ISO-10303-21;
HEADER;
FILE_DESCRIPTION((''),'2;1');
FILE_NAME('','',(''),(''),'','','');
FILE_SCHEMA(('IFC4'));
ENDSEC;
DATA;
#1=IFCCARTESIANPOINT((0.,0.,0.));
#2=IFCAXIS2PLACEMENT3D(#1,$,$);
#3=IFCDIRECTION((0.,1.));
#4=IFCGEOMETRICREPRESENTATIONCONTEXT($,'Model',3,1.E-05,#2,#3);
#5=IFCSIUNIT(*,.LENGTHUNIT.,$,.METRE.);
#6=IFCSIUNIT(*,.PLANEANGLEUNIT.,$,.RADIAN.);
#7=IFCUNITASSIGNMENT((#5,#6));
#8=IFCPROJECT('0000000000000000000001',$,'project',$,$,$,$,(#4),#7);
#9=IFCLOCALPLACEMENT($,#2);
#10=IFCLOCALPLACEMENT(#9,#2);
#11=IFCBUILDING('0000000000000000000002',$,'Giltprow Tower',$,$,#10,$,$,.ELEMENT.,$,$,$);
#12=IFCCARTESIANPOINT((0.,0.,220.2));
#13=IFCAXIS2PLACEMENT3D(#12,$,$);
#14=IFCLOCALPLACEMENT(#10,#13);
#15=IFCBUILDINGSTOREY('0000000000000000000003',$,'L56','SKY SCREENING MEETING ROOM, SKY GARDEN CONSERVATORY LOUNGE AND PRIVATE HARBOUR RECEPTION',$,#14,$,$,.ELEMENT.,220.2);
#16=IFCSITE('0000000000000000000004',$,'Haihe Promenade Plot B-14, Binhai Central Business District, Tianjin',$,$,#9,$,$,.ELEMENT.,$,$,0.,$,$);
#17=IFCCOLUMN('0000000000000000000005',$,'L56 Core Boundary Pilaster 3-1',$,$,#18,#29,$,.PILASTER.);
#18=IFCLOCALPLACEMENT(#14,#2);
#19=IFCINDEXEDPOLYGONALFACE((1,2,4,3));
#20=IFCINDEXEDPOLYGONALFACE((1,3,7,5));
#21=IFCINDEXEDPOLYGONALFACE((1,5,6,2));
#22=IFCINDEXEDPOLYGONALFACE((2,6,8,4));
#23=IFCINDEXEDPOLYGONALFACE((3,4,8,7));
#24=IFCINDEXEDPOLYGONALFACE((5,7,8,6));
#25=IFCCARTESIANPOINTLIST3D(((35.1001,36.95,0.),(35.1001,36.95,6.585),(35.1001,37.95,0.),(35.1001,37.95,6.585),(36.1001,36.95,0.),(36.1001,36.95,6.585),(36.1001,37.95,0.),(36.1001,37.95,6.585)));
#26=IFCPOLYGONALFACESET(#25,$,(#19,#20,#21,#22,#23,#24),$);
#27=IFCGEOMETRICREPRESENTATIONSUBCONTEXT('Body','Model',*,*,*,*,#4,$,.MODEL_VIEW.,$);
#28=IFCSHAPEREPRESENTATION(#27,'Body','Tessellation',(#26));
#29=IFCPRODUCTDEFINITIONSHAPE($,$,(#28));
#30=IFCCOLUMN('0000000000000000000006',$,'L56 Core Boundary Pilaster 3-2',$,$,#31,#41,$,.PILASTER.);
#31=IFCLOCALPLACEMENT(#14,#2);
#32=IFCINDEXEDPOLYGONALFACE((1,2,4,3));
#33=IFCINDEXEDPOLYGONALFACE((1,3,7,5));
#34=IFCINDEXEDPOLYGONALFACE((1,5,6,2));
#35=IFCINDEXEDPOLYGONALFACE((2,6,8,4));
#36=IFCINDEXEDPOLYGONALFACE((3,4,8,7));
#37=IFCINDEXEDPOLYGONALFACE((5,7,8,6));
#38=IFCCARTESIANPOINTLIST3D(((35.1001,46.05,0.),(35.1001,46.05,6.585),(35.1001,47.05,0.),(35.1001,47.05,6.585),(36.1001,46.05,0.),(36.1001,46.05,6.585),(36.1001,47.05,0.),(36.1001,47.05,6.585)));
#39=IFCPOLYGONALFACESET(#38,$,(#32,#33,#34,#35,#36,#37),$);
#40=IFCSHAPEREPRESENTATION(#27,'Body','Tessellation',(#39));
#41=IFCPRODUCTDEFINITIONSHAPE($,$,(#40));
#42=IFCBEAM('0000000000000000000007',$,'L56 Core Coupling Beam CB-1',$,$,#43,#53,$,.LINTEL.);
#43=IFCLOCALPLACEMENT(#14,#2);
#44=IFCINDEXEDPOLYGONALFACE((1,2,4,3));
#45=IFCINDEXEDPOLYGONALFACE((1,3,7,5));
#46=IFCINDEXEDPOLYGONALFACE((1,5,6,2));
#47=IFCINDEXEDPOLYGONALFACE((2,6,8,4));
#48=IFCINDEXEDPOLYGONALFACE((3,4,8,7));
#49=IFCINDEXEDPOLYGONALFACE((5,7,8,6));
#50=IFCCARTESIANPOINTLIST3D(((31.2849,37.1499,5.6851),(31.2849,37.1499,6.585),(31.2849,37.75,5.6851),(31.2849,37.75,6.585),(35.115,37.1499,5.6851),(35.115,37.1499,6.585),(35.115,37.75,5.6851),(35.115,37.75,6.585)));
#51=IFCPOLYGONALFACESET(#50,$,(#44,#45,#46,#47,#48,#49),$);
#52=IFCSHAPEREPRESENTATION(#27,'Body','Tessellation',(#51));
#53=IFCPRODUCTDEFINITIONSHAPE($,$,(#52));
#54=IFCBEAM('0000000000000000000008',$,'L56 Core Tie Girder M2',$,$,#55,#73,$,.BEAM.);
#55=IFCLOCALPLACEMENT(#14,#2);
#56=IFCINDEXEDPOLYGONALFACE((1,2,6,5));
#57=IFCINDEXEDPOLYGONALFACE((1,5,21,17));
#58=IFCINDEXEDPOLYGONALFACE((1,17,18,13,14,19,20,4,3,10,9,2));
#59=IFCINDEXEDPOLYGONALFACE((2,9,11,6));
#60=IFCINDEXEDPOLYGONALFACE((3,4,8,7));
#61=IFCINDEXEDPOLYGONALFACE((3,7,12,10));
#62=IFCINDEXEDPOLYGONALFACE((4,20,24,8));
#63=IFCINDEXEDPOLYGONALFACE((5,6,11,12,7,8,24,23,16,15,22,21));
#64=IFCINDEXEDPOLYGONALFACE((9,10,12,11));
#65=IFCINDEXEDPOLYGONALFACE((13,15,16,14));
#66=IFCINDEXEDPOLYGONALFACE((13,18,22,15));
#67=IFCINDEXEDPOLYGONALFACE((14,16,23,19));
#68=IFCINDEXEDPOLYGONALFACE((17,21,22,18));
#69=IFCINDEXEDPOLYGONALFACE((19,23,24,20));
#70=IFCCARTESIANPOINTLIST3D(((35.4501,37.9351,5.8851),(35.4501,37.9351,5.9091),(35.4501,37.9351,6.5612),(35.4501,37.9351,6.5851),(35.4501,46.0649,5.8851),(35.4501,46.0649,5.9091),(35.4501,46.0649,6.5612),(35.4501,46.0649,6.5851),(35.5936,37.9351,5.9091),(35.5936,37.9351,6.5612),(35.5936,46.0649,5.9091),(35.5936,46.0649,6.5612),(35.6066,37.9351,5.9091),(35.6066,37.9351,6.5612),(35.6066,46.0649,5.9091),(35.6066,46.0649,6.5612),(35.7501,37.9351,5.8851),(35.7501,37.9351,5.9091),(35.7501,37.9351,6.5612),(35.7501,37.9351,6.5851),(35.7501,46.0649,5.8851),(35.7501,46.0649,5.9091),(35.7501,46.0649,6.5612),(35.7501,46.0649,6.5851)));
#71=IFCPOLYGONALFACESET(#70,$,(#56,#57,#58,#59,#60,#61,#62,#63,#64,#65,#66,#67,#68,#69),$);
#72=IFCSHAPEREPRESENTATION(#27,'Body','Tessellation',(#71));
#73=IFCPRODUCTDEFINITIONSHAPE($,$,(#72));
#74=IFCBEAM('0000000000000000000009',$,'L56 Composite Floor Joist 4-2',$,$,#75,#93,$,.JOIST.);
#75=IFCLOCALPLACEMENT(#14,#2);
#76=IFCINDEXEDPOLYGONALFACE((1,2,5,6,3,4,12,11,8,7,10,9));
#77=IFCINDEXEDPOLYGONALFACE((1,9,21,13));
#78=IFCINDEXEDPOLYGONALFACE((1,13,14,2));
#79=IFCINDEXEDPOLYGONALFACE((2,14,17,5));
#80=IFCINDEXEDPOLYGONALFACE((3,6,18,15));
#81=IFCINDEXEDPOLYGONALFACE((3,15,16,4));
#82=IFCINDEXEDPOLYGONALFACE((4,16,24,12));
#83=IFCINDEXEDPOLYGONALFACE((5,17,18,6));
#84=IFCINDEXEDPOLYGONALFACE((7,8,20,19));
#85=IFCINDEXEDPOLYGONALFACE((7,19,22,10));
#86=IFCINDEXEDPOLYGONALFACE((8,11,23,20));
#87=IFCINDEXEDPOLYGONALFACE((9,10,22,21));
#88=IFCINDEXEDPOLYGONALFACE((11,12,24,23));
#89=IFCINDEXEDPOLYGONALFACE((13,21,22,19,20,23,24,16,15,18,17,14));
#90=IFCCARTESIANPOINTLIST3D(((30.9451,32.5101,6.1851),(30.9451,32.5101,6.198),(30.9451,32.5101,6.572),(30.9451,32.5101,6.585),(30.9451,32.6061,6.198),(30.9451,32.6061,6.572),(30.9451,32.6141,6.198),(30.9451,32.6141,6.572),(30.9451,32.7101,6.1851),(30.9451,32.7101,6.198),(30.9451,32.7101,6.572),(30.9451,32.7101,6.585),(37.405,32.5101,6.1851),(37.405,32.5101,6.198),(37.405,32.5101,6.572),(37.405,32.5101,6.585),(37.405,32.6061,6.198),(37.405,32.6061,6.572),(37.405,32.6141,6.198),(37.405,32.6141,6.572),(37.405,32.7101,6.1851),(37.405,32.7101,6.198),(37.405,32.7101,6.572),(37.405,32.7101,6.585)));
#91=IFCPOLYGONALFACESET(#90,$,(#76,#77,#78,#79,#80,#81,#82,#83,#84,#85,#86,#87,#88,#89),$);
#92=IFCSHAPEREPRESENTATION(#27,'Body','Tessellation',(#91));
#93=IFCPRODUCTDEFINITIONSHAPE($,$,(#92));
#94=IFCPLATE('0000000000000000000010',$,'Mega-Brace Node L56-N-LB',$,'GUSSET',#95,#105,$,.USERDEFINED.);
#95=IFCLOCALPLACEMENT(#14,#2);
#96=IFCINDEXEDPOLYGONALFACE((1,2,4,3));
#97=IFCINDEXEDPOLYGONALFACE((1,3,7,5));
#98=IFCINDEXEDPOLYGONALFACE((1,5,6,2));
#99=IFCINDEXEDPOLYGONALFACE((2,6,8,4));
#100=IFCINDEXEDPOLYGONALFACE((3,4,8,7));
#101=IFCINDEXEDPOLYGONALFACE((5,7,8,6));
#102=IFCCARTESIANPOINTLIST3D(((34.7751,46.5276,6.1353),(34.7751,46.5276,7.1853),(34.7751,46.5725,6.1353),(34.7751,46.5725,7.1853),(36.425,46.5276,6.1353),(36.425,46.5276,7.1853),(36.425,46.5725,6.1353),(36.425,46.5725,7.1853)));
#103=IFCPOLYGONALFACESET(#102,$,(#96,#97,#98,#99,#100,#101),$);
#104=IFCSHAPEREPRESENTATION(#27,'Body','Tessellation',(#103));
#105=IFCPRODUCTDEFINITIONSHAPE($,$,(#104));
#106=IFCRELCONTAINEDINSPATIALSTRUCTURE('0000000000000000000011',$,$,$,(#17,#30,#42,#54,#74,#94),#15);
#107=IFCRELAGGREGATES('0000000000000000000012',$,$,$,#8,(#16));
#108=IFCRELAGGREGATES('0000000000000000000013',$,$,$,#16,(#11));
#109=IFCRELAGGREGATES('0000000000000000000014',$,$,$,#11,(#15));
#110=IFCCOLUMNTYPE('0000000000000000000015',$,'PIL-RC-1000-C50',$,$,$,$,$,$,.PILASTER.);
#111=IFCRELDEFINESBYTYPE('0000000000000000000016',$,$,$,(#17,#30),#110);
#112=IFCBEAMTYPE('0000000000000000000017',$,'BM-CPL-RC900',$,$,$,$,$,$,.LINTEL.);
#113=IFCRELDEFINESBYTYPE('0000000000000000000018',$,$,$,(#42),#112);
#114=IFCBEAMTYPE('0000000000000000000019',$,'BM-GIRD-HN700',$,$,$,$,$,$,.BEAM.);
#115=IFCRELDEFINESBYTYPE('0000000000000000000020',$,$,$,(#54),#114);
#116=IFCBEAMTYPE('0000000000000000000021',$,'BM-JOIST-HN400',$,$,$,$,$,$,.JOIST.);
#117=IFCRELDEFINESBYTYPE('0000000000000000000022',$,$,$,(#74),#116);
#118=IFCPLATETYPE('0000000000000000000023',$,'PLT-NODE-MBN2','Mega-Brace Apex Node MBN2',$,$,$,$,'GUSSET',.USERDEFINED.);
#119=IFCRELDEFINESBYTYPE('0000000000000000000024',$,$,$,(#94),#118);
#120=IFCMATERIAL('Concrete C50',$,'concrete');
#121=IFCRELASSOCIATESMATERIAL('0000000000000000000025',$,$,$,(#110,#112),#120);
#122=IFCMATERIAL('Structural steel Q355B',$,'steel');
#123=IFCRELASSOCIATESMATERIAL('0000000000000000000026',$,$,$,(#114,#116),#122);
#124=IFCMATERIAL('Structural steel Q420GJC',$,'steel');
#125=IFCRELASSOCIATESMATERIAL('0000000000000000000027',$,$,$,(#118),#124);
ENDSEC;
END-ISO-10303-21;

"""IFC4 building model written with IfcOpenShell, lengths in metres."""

from ifc_helpers import new_model, si_unit, direction, frame, origin, origin_2d, place, context, subcontext, project, spatial, rectangle, i_section, extrude, source, transform, mapped, material, material_profile, profile_set, type_object, element, save


model = new_model("IFC4")

# Units and contexts
model_context = context("Model", 3, precision=1e-05, world=origin(), true_north=direction((0.0, 1.0)))
body_context = subcontext(model_context, "Body", "Model", "MODEL_VIEW")
ifc_project = project(units=[si_unit("LENGTHUNIT", "METRE"), si_unit("PLANEANGLEUNIT", "RADIAN")], contexts=[model_context])

# Site, building, storey
site_placement = place(None, origin())
site = spatial("IfcSite", under=ifc_project, at=site_placement, Name="Haihe Promenade Plot B-14, Binhai Central Business District, Tianjin", CompositionType="ELEMENT", RefElevation=0.0)
building_placement = place(site_placement, origin())
building = spatial("IfcBuilding", under=site, at=building_placement, Name="Giltprow Tower", CompositionType="ELEMENT")
storey_placement = place(building_placement, frame((0.0, 0.0, 220.2)))
storey = spatial("IfcBuildingStorey", under=building, at=storey_placement, Name="L56", Description="SKY SCREENING MEETING ROOM, SKY GARDEN CONSERVATORY LOUNGE AND PRIVATE HARBOUR RECEPTION", CompositionType="ELEMENT", Elevation=220.2)

# Columns
ifc_material_1 = material(Name="Concrete C50", Category="concrete")
ifc_material_profile_1 = material_profile(ifc_material_1, rectangle(XDim=1.0, YDim=1.0, at=origin_2d()), Name="RC 1000x1000")
ifc_profile_set_1 = profile_set([ifc_material_profile_1], Name="Concrete C50")
column_type = type_object("IfcColumnType", Name="PIL-RC-1000-C50", PredefinedType="PILASTER", material=ifc_profile_set_1)
shared_shape_1 = source(origin(), body_context, "Body", "SweptSolid", [
    extrude(rectangle(XDim=1.0, YDim=1.0, at=origin_2d()), origin(), (0.0, 0.0, 1.0), 6.585),
])
for number, where, z_axis, x_axis, name in (
    (1, (35.6001, 37.45, 0.0), (0.0, 0.0, 1.0), (1.0, 0.0, 0.0), "L56 Core Boundary Pilaster 3-1"),
    (2, (35.6001, 46.55, 0.0), (0.0, 0.0, 1.0), (1.0, 0.0, 0.0), "L56 Core Boundary Pilaster 3-2"),
):
    element("IfcColumn", number, at=place(storey_placement, frame(where, z_axis=z_axis, x_axis=x_axis)), inside=storey, type_object=column_type, Name=name, PredefinedType="PILASTER", context=body_context, shape_type="MappedRepresentation", body=[
        mapped(shared_shape_1, transform((0.0, 0.0, 0.0), x_axis=(1.0, 0.0, 0.0), y_axis=(0.0, 1.0, 0.0), z_axis=(0.0, 0.0, 1.0), scale=1.0)),
    ])

# Beams
ifc_material_profile_2 = material_profile(ifc_material_1, rectangle(XDim=0.6001, YDim=0.8999, at=origin_2d()), Name="RC 900x600")
ifc_profile_set_2 = profile_set([ifc_material_profile_2], Name="Concrete C50")
beam_type_1 = type_object("IfcBeamType", Name="BM-CPL-RC900", PredefinedType="LINTEL", material=ifc_profile_set_2)
shared_shape_2 = source(origin(), body_context, "Body", "SweptSolid", [
    extrude(rectangle(XDim=0.6001, YDim=0.8999, at=origin_2d()), origin(), (0.0, 0.0, 1.0), 3.8301),
])
beam_1_placement = place(storey_placement, frame((31.2849, 37.45, 6.135), z_axis=(1.0, 0.0, 0.0), x_axis=(0.0, 1.0, 0.0)))
element("IfcBeam", 3, at=beam_1_placement, inside=storey, type_object=beam_type_1, Name="L56 Core Coupling Beam CB-1", PredefinedType="LINTEL", context=body_context, shape_type="MappedRepresentation", body=[
    mapped(shared_shape_2, transform((0.0, 0.0, 0.0), x_axis=(1.0, 0.0, 0.0), y_axis=(0.0, 1.0, 0.0), z_axis=(0.0, 0.0, 1.0), scale=1.0)),
])
ifc_material_2 = material(Name="Structural steel Q355B", Category="steel")
ifc_material_profile_3 = material_profile(ifc_material_2, i_section(OverallWidth=0.3, OverallDepth=0.7, WebThickness=0.0129, FlangeThickness=0.0239, at=origin_2d()), Name="HN 700x300x13x24")
ifc_profile_set_3 = profile_set([ifc_material_profile_3], Name="Structural steel Q355B")
beam_type_2 = type_object("IfcBeamType", Name="BM-GIRD-HN700", PredefinedType="BEAM", material=ifc_profile_set_3)
shared_shape_3 = source(origin(), body_context, "Body", "SweptSolid", [
    extrude(i_section(OverallWidth=0.3, OverallDepth=0.7, WebThickness=0.0129, FlangeThickness=0.0239, at=origin_2d()), origin(), (0.0, 0.0, 1.0), 8.1299),
])
beam_2_placement = place(storey_placement, frame((35.6001, 37.9351, 6.2351), z_axis=(0.0, 1.0, 0.0), x_axis=(-1.0, 0.0, 0.0)))
element("IfcBeam", 4, at=beam_2_placement, inside=storey, type_object=beam_type_2, Name="L56 Core Tie Girder M2", PredefinedType="BEAM", context=body_context, shape_type="MappedRepresentation", body=[
    mapped(shared_shape_3, transform((0.0, 0.0, 0.0), x_axis=(1.0, 0.0, 0.0), y_axis=(0.0, 1.0, 0.0), z_axis=(0.0, 0.0, 1.0), scale=1.0)),
])
ifc_material_profile_4 = material_profile(ifc_material_2, i_section(OverallWidth=0.2, OverallDepth=0.3999, WebThickness=0.0081, FlangeThickness=0.0129, at=origin_2d()), Name="HN 400x200x8x13")
ifc_profile_set_4 = profile_set([ifc_material_profile_4], Name="Structural steel Q355B")
beam_type_3 = type_object("IfcBeamType", Name="BM-JOIST-HN400", PredefinedType="JOIST", material=ifc_profile_set_4)
shared_shape_4 = source(origin(), body_context, "Body", "SweptSolid", [
    extrude(i_section(OverallWidth=0.2, OverallDepth=0.3999, WebThickness=0.0081, FlangeThickness=0.0129, at=origin_2d()), origin(), (0.0, 0.0, 1.0), 6.46),
])
beam_3_placement = place(storey_placement, frame((30.9451, 32.6101, 6.385), z_axis=(1.0, 0.0, 0.0), x_axis=(0.0, 1.0, 0.0)))
element("IfcBeam", 5, at=beam_3_placement, inside=storey, type_object=beam_type_3, Name="L56 Composite Floor Joist 4-2", PredefinedType="JOIST", context=body_context, shape_type="MappedRepresentation", body=[
    mapped(shared_shape_4, transform((0.0, 0.0, 0.0), x_axis=(1.0, 0.0, 0.0), y_axis=(0.0, 1.0, 0.0), z_axis=(0.0, 0.0, 1.0), scale=1.0)),
])

# Plate
ifc_material_3 = material(Name="Structural steel Q420GJC", Category="steel")
plate_type = type_object("IfcPlateType", Name="PLT-NODE-MBN2", Description="Mega-Brace Apex Node MBN2", ElementType="GUSSET", PredefinedType="USERDEFINED", material=ifc_material_3)
shared_shape_5 = source(origin(), body_context, "Body", "SweptSolid", [
    extrude(rectangle(XDim=1.6499, YDim=0.0449, at=origin_2d()), origin(), (0.0, 0.0, 1.0), 1.05),
])
plate_placement = place(storey_placement, frame((35.6001, 46.55, 6.1353), z_axis=(0.0, 0.0, 1.0), x_axis=(1.0, 0.0, 0.0)))
element("IfcPlate", 6, at=plate_placement, inside=storey, type_object=plate_type, Name="Mega-Brace Node L56-N-LB", ObjectType="GUSSET", PredefinedType="USERDEFINED", context=body_context, shape_type="MappedRepresentation", body=[
    mapped(shared_shape_5, transform((0.0, 0.0, 0.0), x_axis=(1.0, 0.0, 0.0), y_axis=(0.0, 1.0, 0.0), z_axis=(0.0, 0.0, 1.0), scale=1.0)),
])

save(model, "model.ifc")
